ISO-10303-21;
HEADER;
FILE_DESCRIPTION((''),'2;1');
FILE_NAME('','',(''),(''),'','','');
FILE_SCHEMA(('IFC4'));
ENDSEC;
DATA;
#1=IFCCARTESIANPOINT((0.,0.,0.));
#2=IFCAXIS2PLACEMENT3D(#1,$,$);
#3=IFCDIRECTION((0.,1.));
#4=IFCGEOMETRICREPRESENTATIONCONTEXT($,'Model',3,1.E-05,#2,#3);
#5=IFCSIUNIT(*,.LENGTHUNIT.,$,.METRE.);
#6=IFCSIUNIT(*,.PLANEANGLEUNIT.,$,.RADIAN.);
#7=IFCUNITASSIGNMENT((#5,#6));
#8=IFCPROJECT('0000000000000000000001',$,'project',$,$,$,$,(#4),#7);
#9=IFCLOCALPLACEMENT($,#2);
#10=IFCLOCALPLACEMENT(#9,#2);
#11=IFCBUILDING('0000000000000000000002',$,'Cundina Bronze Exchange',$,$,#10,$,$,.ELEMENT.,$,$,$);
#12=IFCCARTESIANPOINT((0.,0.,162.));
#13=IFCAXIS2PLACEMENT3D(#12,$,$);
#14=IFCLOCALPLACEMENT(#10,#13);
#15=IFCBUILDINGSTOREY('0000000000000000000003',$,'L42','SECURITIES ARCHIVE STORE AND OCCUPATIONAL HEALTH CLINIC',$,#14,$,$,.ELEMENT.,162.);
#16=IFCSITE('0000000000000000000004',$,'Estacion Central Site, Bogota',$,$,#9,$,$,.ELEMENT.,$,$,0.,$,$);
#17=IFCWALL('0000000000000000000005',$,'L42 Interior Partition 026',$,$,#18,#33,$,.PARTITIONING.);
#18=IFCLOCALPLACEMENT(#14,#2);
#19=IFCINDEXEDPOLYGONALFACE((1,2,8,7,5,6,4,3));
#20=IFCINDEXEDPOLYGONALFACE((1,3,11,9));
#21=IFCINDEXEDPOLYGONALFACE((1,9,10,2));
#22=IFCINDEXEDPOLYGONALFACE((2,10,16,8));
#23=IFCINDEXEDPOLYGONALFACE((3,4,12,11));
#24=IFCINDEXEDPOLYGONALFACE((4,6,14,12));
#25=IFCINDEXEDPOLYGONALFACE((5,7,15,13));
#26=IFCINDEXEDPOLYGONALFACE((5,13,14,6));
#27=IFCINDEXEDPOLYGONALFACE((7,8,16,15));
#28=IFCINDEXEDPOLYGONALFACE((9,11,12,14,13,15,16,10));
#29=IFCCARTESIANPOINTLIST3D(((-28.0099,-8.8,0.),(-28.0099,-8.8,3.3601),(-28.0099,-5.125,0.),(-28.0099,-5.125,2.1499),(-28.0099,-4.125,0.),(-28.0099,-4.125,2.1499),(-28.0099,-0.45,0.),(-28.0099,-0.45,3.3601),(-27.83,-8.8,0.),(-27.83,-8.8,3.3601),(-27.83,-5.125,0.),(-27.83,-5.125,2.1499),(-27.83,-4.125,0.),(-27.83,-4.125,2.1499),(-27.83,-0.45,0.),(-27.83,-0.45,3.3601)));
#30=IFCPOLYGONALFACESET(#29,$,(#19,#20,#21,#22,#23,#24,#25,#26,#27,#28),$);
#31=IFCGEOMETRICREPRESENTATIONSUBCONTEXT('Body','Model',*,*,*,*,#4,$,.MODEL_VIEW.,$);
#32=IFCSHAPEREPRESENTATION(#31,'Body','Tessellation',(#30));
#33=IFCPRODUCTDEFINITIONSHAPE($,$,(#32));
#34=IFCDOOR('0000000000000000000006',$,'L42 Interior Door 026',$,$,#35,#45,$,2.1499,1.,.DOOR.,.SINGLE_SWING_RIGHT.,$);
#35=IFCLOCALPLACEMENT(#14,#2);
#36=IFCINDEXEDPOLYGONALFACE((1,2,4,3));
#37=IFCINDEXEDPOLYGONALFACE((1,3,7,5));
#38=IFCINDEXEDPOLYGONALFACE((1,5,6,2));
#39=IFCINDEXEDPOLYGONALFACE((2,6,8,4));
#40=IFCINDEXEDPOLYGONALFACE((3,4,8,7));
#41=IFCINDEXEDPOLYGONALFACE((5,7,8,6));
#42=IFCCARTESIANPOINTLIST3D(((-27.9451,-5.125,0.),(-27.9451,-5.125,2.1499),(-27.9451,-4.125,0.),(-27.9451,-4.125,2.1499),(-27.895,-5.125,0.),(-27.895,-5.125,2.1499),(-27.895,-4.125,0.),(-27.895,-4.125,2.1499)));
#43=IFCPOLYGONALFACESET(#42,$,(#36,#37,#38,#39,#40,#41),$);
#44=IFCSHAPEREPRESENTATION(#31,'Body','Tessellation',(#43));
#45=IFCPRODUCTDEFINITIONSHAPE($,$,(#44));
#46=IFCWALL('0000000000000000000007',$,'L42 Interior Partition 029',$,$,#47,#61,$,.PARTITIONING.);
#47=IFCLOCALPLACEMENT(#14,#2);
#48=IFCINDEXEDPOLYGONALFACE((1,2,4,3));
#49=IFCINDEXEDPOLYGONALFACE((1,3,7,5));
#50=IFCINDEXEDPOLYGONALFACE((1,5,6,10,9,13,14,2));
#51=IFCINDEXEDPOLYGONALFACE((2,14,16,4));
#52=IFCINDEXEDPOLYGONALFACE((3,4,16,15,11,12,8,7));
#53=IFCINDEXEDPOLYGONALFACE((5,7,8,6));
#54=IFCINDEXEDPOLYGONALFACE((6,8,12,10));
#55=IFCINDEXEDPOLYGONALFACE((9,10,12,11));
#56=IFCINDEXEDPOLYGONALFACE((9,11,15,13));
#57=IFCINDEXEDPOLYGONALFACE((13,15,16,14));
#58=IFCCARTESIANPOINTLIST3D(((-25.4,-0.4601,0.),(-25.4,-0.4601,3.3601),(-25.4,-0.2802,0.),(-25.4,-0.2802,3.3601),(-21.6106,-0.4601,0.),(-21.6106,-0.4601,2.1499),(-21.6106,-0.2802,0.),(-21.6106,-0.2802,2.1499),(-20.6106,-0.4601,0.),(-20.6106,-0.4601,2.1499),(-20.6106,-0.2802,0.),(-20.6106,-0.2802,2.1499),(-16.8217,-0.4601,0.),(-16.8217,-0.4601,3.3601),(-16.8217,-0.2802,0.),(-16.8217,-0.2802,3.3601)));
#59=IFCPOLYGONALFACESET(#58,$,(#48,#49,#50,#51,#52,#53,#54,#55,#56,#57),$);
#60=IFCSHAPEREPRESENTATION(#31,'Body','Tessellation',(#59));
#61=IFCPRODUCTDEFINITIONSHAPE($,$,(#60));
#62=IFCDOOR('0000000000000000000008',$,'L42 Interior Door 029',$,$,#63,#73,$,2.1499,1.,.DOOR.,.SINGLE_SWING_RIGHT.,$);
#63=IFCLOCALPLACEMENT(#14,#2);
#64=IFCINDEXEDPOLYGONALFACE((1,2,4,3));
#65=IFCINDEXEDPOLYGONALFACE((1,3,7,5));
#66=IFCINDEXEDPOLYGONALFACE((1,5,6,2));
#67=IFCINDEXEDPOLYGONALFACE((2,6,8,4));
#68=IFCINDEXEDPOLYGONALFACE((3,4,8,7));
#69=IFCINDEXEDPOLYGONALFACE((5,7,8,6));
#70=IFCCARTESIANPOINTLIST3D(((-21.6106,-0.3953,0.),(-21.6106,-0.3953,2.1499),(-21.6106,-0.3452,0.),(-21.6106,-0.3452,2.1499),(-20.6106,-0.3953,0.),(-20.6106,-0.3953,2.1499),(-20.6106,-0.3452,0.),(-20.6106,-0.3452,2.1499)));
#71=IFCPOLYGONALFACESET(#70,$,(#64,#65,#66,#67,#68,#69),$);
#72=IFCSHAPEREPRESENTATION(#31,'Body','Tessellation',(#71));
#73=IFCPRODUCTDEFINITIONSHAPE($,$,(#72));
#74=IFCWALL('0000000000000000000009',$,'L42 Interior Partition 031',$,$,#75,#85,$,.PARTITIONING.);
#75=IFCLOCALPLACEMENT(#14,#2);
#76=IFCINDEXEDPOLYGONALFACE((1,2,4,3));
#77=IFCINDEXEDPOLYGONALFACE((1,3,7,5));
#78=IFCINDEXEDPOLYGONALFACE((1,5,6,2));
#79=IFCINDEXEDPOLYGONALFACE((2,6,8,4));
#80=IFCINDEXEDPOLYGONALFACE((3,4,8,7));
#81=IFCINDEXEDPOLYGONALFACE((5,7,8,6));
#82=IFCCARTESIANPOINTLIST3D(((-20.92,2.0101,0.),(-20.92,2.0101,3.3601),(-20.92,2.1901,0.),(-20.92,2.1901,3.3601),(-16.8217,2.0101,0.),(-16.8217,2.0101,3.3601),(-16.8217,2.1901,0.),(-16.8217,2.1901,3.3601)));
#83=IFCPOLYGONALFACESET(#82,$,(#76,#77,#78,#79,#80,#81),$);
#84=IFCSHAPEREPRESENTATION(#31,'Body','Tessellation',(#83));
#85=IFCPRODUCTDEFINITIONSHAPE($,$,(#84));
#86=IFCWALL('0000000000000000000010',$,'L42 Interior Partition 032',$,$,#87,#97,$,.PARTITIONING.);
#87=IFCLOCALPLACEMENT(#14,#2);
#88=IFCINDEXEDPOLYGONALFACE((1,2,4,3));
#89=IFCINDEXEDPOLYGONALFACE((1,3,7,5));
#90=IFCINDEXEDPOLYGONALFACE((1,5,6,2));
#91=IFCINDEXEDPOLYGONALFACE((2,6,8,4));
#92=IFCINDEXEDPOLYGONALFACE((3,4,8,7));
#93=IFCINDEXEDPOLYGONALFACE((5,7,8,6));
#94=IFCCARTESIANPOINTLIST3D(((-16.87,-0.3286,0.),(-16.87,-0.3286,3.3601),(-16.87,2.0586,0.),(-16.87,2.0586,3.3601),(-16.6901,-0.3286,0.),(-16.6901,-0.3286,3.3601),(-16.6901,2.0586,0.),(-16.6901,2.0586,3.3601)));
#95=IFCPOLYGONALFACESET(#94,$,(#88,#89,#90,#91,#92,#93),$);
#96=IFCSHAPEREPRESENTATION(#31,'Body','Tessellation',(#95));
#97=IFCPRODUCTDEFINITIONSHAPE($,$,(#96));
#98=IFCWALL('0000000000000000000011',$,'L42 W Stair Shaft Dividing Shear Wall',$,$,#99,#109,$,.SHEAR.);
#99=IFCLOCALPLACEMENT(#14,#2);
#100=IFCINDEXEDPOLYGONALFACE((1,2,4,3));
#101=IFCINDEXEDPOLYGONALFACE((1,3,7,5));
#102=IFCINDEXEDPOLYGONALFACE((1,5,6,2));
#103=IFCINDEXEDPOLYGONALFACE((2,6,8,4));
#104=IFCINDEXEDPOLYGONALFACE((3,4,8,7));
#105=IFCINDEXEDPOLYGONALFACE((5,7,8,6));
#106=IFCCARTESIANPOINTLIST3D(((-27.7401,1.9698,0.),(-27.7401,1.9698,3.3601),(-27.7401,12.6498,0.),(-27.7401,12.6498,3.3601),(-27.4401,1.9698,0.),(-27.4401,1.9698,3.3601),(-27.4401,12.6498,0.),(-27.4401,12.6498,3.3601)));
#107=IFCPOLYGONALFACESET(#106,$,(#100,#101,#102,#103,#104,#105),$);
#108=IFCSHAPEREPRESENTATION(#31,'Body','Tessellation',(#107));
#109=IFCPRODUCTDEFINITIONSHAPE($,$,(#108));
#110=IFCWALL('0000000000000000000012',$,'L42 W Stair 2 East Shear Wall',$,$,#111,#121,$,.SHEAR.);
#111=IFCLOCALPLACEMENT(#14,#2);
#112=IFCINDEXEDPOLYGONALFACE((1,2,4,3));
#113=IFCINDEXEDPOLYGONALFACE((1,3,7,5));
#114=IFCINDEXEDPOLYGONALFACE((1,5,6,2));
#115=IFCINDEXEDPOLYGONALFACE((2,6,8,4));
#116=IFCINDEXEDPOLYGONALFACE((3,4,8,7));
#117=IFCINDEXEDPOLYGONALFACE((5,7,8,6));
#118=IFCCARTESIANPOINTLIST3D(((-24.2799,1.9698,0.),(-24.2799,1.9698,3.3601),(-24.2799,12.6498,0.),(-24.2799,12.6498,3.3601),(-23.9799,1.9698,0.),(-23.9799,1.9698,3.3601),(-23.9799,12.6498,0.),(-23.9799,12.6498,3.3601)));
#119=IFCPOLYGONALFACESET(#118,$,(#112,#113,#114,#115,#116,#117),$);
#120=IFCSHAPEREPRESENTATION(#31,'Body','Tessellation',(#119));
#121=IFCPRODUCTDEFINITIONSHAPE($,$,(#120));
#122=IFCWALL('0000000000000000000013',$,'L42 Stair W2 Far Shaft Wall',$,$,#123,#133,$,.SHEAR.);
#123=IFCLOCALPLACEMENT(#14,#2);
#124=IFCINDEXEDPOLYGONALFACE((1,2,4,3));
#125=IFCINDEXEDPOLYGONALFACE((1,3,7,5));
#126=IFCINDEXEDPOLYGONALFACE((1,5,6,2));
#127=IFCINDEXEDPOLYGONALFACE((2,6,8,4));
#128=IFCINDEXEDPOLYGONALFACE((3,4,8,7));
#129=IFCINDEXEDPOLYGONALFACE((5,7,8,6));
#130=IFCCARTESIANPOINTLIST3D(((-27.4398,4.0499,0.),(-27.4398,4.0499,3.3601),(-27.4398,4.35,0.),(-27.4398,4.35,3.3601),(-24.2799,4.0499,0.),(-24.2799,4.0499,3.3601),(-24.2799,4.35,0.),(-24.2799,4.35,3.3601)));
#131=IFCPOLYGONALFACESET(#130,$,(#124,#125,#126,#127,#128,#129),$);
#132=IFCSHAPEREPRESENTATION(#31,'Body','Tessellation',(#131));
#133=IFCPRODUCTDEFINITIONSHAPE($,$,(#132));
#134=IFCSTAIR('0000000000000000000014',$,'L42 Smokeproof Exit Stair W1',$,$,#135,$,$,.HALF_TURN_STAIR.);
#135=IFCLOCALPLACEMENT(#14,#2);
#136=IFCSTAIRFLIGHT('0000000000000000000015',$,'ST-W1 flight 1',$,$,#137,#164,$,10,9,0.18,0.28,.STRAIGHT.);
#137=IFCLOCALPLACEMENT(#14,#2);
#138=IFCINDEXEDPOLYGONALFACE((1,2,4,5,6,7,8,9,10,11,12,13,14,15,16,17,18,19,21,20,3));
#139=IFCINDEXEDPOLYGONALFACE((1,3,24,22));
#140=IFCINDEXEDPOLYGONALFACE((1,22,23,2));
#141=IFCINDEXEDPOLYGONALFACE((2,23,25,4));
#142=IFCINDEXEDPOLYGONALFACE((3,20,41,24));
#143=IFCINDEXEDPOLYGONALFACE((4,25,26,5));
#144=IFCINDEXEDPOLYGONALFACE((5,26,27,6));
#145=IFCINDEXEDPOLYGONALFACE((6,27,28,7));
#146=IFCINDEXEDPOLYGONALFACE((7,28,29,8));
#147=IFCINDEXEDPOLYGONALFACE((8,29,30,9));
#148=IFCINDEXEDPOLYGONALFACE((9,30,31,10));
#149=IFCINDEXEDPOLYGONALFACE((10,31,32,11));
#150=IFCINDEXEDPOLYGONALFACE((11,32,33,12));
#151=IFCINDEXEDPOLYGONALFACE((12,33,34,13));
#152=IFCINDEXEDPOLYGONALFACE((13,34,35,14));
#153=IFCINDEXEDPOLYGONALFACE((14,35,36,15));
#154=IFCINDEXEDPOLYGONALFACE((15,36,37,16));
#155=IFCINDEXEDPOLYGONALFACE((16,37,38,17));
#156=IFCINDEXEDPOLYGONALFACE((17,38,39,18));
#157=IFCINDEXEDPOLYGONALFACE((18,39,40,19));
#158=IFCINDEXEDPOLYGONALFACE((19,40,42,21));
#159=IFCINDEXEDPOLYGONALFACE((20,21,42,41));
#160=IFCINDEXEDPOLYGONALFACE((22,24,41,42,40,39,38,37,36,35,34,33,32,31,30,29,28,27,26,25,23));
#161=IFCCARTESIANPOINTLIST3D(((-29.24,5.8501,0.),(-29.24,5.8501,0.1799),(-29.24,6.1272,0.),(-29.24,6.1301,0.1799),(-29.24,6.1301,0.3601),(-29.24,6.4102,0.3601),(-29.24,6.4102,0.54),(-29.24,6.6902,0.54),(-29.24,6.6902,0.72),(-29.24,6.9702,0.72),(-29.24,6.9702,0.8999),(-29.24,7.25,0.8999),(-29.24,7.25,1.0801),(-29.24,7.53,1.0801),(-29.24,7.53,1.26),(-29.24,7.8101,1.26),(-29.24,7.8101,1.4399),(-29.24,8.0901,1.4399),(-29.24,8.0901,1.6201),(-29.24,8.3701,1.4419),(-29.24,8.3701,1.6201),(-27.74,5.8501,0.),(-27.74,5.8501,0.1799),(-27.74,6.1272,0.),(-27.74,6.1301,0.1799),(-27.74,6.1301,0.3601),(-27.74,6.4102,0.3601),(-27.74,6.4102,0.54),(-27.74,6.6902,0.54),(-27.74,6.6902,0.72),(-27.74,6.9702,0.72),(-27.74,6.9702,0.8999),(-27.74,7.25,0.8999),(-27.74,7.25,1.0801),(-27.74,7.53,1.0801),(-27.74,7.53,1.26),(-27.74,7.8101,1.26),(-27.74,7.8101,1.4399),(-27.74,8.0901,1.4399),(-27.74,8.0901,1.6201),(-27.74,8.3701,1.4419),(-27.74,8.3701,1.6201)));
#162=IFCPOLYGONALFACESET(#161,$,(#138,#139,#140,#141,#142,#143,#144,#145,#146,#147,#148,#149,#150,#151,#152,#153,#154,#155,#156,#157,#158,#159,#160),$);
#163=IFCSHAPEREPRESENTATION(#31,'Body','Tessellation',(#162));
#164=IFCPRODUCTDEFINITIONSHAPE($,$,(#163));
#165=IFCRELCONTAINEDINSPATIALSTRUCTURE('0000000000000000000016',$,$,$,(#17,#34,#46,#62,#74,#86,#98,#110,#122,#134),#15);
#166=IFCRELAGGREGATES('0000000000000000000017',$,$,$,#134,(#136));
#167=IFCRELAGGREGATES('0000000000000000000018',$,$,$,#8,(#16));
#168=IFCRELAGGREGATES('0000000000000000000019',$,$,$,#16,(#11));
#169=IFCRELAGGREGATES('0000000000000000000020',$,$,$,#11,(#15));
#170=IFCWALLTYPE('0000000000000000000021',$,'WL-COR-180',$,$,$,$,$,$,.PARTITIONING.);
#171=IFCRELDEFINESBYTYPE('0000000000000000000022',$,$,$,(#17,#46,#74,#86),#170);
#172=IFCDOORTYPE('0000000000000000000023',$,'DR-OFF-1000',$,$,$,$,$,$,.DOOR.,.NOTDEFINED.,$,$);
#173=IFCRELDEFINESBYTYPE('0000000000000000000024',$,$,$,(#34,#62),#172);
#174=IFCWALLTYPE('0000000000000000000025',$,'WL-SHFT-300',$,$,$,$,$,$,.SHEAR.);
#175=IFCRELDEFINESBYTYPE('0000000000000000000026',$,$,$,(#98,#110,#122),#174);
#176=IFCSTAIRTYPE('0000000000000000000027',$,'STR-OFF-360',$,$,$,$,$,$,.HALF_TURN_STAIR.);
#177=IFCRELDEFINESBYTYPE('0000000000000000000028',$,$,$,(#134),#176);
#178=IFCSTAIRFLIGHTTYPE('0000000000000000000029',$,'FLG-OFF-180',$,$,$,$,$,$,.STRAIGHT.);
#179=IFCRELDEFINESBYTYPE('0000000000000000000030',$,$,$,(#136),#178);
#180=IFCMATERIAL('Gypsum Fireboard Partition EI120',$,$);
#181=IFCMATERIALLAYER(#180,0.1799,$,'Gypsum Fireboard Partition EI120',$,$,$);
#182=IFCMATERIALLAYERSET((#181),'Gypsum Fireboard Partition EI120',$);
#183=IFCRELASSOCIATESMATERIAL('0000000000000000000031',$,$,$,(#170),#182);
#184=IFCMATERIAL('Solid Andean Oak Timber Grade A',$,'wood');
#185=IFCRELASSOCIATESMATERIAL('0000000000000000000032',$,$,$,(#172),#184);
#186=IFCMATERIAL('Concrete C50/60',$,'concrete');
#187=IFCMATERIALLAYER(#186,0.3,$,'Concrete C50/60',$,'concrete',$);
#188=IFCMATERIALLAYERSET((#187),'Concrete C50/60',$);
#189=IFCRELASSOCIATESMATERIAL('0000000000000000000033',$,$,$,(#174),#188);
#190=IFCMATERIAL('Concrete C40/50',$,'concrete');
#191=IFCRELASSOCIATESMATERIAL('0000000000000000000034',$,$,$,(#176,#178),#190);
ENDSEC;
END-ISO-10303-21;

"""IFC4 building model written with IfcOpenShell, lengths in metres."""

from ifc_helpers import new_model, si_unit, direction, frame, frame_2d, origin, place, context, subcontext, project, spatial, polyline, rectangle, outline, extrude, material, layer, layer_set, type_object, element, fill, aggregate, save


model = new_model("IFC4")

# Units and contexts
model_context = context("Model", 3, precision=1e-05, world=origin(), true_north=direction((0.0, 1.0)))
body_context = subcontext(model_context, "Body", "Model", "MODEL_VIEW")
ifc_project = project(units=[si_unit("LENGTHUNIT", "METRE"), si_unit("PLANEANGLEUNIT", "RADIAN")], contexts=[model_context])

# Site, building, storey
site_placement = place(None, origin())
site = spatial("IfcSite", under=ifc_project, at=site_placement, Name="Estacion Central Site, Bogota", CompositionType="ELEMENT", RefElevation=0.0)
building_placement = place(site_placement, origin())
building = spatial("IfcBuilding", under=site, at=building_placement, Name="Cundina Bronze Exchange", CompositionType="ELEMENT")
storey_placement = place(building_placement, frame((0.0, 0.0, 162.0)))
storey = spatial("IfcBuildingStorey", under=building, at=storey_placement, Name="L42", Description="SECURITIES ARCHIVE STORE AND OCCUPATIONAL HEALTH CLINIC", CompositionType="ELEMENT", Elevation=162.0)

# Shared definitions
ifc_material_1 = material(Name="Concrete C50/60", Category="concrete")

# Shared definitions
ifc_material_2 = material(Name="Gypsum Fireboard Partition EI120")
ifc_layer_1 = layer(ifc_material_2, 0.1799, Name="Gypsum Fireboard Partition EI120")
ifc_layer_set_1 = layer_set([ifc_layer_1], Name="Gypsum Fireboard Partition EI120")
wall_type_1 = type_object("IfcWallType", Name="WL-COR-180", PredefinedType="PARTITIONING", material=ifc_layer_set_1)

# Walls, openings, doors
wall_1_placement = place(storey_placement, frame((-27.9199, -0.45, 0.0), z_axis=(0.0, 0.0, 1.0), x_axis=(0.0, -1.0, 0.0)))
wall_1 = element("IfcWall", 1, at=wall_1_placement, inside=storey, type_object=wall_type_1, Name="L42 Interior Partition 026", PredefinedType="PARTITIONING", context=body_context, shape_type="SweptSolid", body=[
    extrude(rectangle(XDim=8.3501, YDim=0.1799, at=frame_2d((4.175, 0.0))), origin(), (0.0, 0.0, 1.0), 3.3601),
])
opening_1_placement = place(wall_1_placement, frame((3.675, 0.0, 0.0)))
opening_1 = element("IfcOpeningElement", 2, at=opening_1_placement, cuts=wall_1, PredefinedType="OPENING", context=body_context, shape_type="SweptSolid", body=[
    extrude(rectangle(XDim=1.0, YDim=2.1499, at=frame_2d((0.5, 1.075))), frame((0.0, 0.0999, 0.0), z_axis=(0.0, -1.0, 0.0), x_axis=(1.0, 0.0, 0.0)), (0.0, 0.0, 1.0), 0.2),
])
ifc_material_3 = material(Name="Solid Andean Oak Timber Grade A", Category="wood")
door_type_1 = type_object("IfcDoorType", Name="DR-OFF-1000", OperationType="NOTDEFINED", PredefinedType="DOOR", material=ifc_material_3)
door_1_placement = place(opening_1_placement, origin())
door_1 = element("IfcDoor", 3, at=door_1_placement, inside=storey, type_object=door_type_1, Name="L42 Interior Door 026", OperationType="SINGLE_SWING_RIGHT", OverallHeight=2.1499, OverallWidth=1.0, PredefinedType="DOOR", context=body_context, shape_type="SweptSolid", body=[
    extrude(rectangle(XDim=1.0, YDim=2.1499, at=frame_2d((0.5, 1.075))), frame((0.0, 0.0249, 0.0), z_axis=(0.0, -1.0, 0.0), x_axis=(1.0, 0.0, 0.0)), (0.0, 0.0, 1.0), 0.05),
])
fill(opening_1, door_1)
wall_2_placement = place(storey_placement, frame((-25.3999, -0.3701, 0.0), z_axis=(0.0, 0.0, 1.0), x_axis=(1.0, 0.0, 0.0)))
wall_2 = element("IfcWall", 4, at=wall_2_placement, inside=storey, type_object=wall_type_1, Name="L42 Interior Partition 029", PredefinedType="PARTITIONING", context=body_context, shape_type="SweptSolid", body=[
    extrude(rectangle(XDim=8.5784, YDim=0.1799, at=frame_2d((4.2891, 0.0))), origin(), (0.0, 0.0, 1.0), 3.3601),
])
opening_2_placement = place(wall_2_placement, frame((3.7893, 0.0, 0.0)))
opening_2 = element("IfcOpeningElement", 5, at=opening_2_placement, cuts=wall_2, PredefinedType="OPENING", context=body_context, shape_type="SweptSolid", body=[
    extrude(rectangle(XDim=1.0, YDim=2.1499, at=frame_2d((0.5, 1.075))), frame((0.0, 0.0999, 0.0), z_axis=(0.0, -1.0, 0.0), x_axis=(1.0, 0.0, 0.0)), (0.0, 0.0, 1.0), 0.2),
])
door_2_placement = place(opening_2_placement, origin())
door_2 = element("IfcDoor", 6, at=door_2_placement, inside=storey, type_object=door_type_1, Name="L42 Interior Door 029", OperationType="SINGLE_SWING_RIGHT", OverallHeight=2.1499, OverallWidth=1.0, PredefinedType="DOOR", context=body_context, shape_type="SweptSolid", body=[
    extrude(rectangle(XDim=1.0, YDim=2.1499, at=frame_2d((0.5, 1.075))), frame((0.0, 0.0249, 0.0), z_axis=(0.0, -1.0, 0.0), x_axis=(1.0, 0.0, 0.0)), (0.0, 0.0, 1.0), 0.05),
])
fill(opening_2, door_2)

# Walls
wall_3_placement = place(storey_placement, frame((-16.8215, 2.1001, 0.0), z_axis=(0.0, 0.0, 1.0), x_axis=(-1.0, 0.0, 0.0)))
element("IfcWall", 7, at=wall_3_placement, inside=storey, type_object=wall_type_1, Name="L42 Interior Partition 031", PredefinedType="PARTITIONING", context=body_context, shape_type="SweptSolid", body=[
    extrude(rectangle(XDim=4.0984, YDim=0.1799, at=frame_2d((2.0493, 0.0))), origin(), (0.0, 0.0, 1.0), 3.3601),
])
wall_4_placement = place(storey_placement, frame((-16.78, -0.3286, 0.0), z_axis=(0.0, 0.0, 1.0), x_axis=(0.0, 1.0, 0.0)))
element("IfcWall", 8, at=wall_4_placement, inside=storey, type_object=wall_type_1, Name="L42 Interior Partition 032", PredefinedType="PARTITIONING", context=body_context, shape_type="SweptSolid", body=[
    extrude(rectangle(XDim=2.3872, YDim=0.1799, at=frame_2d((1.1936, 0.0))), origin(), (0.0, 0.0, 1.0), 3.3601),
])
ifc_layer_2 = layer(ifc_material_1, 0.3, Name="Concrete C50/60", Category="concrete")
ifc_layer_set_2 = layer_set([ifc_layer_2], Name="Concrete C50/60")
wall_type_2 = type_object("IfcWallType", Name="WL-SHFT-300", PredefinedType="SHEAR", material=ifc_layer_set_2)
for number, where, z_axis, x_axis, name in (
    (9, (-27.5901, 1.97, 0.0), (0.0, 0.0, 1.0), (0.0, 1.0, 0.0), "L42 W Stair Shaft Dividing Shear Wall"),
    (10, (-24.1299, 1.97, 0.0), (0.0, 0.0, 1.0), (0.0, 1.0, 0.0), "L42 W Stair 2 East Shear Wall"),
):
    element("IfcWall", number, at=place(storey_placement, frame(where, z_axis=z_axis, x_axis=x_axis)), inside=storey, type_object=wall_type_2, Name=name, PredefinedType="SHEAR", context=body_context, shape_type="SweptSolid", body=[
        extrude(rectangle(XDim=10.6799, YDim=0.3, at=frame_2d((5.3398, 0.0))), origin(), (0.0, 0.0, 1.0), 3.3601),
    ])
wall_5_placement = place(storey_placement, frame((-27.4399, 4.2, 0.0), z_axis=(0.0, 0.0, 1.0), x_axis=(1.0, 0.0, 0.0)))
element("IfcWall", 11, at=wall_5_placement, inside=storey, type_object=wall_type_2, Name="L42 Stair W2 Far Shaft Wall", PredefinedType="SHEAR", context=body_context, shape_type="SweptSolid", body=[
    extrude(rectangle(XDim=3.1599, YDim=0.3, at=frame_2d((1.5801, 0.0))), origin(), (0.0, 0.0, 1.0), 3.3601),
])

# Stair, stair flight
ifc_material_4 = material(Name="Concrete C40/50", Category="concrete")
stair_type = type_object("IfcStairType", Name="STR-OFF-360", PredefinedType="HALF_TURN_STAIR", material=ifc_material_4)
stair_placement = place(storey_placement, origin())
stair = element("IfcStair", 12, at=stair_placement, inside=storey, type_object=stair_type, Name="L42 Smokeproof Exit Stair W1", PredefinedType="HALF_TURN_STAIR")
stair_flight_type = type_object("IfcStairFlightType", Name="FLG-OFF-180", PredefinedType="STRAIGHT", material=ifc_material_4)
stair_flight_placement = place(storey_placement, frame((-28.49, 5.8501, 0.0), z_axis=(0.0, 0.0, 1.0), x_axis=(0.0, 1.0, 0.0)))
stair_flight = element("IfcStairFlight", 13, at=stair_flight_placement, type_object=stair_flight_type, Name="ST-W1 flight 1", NumberOfRisers=10, NumberOfTreads=9, PredefinedType="STRAIGHT", RiserHeight=0.18, TreadLength=0.28, context=body_context, shape_type="SweptSolid", body=[
    extrude(outline(polyline([(0.0, 0.0), (0.0, 0.1799), (0.28, 0.1799), (0.28, 0.3601), (0.5601, 0.3601), (0.5601, 0.54), (0.8401, 0.54), (0.8401, 0.72), (1.1201, 0.72), (1.1201, 0.8999), (1.3999, 0.8999), (1.3999, 1.0801), (1.6799, 1.0801), (1.6799, 1.26), (1.96, 1.26), (1.96, 1.4399), (2.24, 1.4399), (2.24, 1.6201), (2.52, 1.6201), (2.52, 1.8), (2.52, 1.4419), (0.2771, 0.0), (0.0, 0.0)])), frame((0.0, 0.75, 0.0), z_axis=(0.0, -1.0, 0.0), x_axis=(1.0, 0.0, 0.0)), (0.0, 0.0, 1.0), 1.5),
])
aggregate(stair, [stair_flight])

save(model, "model.ifc")
